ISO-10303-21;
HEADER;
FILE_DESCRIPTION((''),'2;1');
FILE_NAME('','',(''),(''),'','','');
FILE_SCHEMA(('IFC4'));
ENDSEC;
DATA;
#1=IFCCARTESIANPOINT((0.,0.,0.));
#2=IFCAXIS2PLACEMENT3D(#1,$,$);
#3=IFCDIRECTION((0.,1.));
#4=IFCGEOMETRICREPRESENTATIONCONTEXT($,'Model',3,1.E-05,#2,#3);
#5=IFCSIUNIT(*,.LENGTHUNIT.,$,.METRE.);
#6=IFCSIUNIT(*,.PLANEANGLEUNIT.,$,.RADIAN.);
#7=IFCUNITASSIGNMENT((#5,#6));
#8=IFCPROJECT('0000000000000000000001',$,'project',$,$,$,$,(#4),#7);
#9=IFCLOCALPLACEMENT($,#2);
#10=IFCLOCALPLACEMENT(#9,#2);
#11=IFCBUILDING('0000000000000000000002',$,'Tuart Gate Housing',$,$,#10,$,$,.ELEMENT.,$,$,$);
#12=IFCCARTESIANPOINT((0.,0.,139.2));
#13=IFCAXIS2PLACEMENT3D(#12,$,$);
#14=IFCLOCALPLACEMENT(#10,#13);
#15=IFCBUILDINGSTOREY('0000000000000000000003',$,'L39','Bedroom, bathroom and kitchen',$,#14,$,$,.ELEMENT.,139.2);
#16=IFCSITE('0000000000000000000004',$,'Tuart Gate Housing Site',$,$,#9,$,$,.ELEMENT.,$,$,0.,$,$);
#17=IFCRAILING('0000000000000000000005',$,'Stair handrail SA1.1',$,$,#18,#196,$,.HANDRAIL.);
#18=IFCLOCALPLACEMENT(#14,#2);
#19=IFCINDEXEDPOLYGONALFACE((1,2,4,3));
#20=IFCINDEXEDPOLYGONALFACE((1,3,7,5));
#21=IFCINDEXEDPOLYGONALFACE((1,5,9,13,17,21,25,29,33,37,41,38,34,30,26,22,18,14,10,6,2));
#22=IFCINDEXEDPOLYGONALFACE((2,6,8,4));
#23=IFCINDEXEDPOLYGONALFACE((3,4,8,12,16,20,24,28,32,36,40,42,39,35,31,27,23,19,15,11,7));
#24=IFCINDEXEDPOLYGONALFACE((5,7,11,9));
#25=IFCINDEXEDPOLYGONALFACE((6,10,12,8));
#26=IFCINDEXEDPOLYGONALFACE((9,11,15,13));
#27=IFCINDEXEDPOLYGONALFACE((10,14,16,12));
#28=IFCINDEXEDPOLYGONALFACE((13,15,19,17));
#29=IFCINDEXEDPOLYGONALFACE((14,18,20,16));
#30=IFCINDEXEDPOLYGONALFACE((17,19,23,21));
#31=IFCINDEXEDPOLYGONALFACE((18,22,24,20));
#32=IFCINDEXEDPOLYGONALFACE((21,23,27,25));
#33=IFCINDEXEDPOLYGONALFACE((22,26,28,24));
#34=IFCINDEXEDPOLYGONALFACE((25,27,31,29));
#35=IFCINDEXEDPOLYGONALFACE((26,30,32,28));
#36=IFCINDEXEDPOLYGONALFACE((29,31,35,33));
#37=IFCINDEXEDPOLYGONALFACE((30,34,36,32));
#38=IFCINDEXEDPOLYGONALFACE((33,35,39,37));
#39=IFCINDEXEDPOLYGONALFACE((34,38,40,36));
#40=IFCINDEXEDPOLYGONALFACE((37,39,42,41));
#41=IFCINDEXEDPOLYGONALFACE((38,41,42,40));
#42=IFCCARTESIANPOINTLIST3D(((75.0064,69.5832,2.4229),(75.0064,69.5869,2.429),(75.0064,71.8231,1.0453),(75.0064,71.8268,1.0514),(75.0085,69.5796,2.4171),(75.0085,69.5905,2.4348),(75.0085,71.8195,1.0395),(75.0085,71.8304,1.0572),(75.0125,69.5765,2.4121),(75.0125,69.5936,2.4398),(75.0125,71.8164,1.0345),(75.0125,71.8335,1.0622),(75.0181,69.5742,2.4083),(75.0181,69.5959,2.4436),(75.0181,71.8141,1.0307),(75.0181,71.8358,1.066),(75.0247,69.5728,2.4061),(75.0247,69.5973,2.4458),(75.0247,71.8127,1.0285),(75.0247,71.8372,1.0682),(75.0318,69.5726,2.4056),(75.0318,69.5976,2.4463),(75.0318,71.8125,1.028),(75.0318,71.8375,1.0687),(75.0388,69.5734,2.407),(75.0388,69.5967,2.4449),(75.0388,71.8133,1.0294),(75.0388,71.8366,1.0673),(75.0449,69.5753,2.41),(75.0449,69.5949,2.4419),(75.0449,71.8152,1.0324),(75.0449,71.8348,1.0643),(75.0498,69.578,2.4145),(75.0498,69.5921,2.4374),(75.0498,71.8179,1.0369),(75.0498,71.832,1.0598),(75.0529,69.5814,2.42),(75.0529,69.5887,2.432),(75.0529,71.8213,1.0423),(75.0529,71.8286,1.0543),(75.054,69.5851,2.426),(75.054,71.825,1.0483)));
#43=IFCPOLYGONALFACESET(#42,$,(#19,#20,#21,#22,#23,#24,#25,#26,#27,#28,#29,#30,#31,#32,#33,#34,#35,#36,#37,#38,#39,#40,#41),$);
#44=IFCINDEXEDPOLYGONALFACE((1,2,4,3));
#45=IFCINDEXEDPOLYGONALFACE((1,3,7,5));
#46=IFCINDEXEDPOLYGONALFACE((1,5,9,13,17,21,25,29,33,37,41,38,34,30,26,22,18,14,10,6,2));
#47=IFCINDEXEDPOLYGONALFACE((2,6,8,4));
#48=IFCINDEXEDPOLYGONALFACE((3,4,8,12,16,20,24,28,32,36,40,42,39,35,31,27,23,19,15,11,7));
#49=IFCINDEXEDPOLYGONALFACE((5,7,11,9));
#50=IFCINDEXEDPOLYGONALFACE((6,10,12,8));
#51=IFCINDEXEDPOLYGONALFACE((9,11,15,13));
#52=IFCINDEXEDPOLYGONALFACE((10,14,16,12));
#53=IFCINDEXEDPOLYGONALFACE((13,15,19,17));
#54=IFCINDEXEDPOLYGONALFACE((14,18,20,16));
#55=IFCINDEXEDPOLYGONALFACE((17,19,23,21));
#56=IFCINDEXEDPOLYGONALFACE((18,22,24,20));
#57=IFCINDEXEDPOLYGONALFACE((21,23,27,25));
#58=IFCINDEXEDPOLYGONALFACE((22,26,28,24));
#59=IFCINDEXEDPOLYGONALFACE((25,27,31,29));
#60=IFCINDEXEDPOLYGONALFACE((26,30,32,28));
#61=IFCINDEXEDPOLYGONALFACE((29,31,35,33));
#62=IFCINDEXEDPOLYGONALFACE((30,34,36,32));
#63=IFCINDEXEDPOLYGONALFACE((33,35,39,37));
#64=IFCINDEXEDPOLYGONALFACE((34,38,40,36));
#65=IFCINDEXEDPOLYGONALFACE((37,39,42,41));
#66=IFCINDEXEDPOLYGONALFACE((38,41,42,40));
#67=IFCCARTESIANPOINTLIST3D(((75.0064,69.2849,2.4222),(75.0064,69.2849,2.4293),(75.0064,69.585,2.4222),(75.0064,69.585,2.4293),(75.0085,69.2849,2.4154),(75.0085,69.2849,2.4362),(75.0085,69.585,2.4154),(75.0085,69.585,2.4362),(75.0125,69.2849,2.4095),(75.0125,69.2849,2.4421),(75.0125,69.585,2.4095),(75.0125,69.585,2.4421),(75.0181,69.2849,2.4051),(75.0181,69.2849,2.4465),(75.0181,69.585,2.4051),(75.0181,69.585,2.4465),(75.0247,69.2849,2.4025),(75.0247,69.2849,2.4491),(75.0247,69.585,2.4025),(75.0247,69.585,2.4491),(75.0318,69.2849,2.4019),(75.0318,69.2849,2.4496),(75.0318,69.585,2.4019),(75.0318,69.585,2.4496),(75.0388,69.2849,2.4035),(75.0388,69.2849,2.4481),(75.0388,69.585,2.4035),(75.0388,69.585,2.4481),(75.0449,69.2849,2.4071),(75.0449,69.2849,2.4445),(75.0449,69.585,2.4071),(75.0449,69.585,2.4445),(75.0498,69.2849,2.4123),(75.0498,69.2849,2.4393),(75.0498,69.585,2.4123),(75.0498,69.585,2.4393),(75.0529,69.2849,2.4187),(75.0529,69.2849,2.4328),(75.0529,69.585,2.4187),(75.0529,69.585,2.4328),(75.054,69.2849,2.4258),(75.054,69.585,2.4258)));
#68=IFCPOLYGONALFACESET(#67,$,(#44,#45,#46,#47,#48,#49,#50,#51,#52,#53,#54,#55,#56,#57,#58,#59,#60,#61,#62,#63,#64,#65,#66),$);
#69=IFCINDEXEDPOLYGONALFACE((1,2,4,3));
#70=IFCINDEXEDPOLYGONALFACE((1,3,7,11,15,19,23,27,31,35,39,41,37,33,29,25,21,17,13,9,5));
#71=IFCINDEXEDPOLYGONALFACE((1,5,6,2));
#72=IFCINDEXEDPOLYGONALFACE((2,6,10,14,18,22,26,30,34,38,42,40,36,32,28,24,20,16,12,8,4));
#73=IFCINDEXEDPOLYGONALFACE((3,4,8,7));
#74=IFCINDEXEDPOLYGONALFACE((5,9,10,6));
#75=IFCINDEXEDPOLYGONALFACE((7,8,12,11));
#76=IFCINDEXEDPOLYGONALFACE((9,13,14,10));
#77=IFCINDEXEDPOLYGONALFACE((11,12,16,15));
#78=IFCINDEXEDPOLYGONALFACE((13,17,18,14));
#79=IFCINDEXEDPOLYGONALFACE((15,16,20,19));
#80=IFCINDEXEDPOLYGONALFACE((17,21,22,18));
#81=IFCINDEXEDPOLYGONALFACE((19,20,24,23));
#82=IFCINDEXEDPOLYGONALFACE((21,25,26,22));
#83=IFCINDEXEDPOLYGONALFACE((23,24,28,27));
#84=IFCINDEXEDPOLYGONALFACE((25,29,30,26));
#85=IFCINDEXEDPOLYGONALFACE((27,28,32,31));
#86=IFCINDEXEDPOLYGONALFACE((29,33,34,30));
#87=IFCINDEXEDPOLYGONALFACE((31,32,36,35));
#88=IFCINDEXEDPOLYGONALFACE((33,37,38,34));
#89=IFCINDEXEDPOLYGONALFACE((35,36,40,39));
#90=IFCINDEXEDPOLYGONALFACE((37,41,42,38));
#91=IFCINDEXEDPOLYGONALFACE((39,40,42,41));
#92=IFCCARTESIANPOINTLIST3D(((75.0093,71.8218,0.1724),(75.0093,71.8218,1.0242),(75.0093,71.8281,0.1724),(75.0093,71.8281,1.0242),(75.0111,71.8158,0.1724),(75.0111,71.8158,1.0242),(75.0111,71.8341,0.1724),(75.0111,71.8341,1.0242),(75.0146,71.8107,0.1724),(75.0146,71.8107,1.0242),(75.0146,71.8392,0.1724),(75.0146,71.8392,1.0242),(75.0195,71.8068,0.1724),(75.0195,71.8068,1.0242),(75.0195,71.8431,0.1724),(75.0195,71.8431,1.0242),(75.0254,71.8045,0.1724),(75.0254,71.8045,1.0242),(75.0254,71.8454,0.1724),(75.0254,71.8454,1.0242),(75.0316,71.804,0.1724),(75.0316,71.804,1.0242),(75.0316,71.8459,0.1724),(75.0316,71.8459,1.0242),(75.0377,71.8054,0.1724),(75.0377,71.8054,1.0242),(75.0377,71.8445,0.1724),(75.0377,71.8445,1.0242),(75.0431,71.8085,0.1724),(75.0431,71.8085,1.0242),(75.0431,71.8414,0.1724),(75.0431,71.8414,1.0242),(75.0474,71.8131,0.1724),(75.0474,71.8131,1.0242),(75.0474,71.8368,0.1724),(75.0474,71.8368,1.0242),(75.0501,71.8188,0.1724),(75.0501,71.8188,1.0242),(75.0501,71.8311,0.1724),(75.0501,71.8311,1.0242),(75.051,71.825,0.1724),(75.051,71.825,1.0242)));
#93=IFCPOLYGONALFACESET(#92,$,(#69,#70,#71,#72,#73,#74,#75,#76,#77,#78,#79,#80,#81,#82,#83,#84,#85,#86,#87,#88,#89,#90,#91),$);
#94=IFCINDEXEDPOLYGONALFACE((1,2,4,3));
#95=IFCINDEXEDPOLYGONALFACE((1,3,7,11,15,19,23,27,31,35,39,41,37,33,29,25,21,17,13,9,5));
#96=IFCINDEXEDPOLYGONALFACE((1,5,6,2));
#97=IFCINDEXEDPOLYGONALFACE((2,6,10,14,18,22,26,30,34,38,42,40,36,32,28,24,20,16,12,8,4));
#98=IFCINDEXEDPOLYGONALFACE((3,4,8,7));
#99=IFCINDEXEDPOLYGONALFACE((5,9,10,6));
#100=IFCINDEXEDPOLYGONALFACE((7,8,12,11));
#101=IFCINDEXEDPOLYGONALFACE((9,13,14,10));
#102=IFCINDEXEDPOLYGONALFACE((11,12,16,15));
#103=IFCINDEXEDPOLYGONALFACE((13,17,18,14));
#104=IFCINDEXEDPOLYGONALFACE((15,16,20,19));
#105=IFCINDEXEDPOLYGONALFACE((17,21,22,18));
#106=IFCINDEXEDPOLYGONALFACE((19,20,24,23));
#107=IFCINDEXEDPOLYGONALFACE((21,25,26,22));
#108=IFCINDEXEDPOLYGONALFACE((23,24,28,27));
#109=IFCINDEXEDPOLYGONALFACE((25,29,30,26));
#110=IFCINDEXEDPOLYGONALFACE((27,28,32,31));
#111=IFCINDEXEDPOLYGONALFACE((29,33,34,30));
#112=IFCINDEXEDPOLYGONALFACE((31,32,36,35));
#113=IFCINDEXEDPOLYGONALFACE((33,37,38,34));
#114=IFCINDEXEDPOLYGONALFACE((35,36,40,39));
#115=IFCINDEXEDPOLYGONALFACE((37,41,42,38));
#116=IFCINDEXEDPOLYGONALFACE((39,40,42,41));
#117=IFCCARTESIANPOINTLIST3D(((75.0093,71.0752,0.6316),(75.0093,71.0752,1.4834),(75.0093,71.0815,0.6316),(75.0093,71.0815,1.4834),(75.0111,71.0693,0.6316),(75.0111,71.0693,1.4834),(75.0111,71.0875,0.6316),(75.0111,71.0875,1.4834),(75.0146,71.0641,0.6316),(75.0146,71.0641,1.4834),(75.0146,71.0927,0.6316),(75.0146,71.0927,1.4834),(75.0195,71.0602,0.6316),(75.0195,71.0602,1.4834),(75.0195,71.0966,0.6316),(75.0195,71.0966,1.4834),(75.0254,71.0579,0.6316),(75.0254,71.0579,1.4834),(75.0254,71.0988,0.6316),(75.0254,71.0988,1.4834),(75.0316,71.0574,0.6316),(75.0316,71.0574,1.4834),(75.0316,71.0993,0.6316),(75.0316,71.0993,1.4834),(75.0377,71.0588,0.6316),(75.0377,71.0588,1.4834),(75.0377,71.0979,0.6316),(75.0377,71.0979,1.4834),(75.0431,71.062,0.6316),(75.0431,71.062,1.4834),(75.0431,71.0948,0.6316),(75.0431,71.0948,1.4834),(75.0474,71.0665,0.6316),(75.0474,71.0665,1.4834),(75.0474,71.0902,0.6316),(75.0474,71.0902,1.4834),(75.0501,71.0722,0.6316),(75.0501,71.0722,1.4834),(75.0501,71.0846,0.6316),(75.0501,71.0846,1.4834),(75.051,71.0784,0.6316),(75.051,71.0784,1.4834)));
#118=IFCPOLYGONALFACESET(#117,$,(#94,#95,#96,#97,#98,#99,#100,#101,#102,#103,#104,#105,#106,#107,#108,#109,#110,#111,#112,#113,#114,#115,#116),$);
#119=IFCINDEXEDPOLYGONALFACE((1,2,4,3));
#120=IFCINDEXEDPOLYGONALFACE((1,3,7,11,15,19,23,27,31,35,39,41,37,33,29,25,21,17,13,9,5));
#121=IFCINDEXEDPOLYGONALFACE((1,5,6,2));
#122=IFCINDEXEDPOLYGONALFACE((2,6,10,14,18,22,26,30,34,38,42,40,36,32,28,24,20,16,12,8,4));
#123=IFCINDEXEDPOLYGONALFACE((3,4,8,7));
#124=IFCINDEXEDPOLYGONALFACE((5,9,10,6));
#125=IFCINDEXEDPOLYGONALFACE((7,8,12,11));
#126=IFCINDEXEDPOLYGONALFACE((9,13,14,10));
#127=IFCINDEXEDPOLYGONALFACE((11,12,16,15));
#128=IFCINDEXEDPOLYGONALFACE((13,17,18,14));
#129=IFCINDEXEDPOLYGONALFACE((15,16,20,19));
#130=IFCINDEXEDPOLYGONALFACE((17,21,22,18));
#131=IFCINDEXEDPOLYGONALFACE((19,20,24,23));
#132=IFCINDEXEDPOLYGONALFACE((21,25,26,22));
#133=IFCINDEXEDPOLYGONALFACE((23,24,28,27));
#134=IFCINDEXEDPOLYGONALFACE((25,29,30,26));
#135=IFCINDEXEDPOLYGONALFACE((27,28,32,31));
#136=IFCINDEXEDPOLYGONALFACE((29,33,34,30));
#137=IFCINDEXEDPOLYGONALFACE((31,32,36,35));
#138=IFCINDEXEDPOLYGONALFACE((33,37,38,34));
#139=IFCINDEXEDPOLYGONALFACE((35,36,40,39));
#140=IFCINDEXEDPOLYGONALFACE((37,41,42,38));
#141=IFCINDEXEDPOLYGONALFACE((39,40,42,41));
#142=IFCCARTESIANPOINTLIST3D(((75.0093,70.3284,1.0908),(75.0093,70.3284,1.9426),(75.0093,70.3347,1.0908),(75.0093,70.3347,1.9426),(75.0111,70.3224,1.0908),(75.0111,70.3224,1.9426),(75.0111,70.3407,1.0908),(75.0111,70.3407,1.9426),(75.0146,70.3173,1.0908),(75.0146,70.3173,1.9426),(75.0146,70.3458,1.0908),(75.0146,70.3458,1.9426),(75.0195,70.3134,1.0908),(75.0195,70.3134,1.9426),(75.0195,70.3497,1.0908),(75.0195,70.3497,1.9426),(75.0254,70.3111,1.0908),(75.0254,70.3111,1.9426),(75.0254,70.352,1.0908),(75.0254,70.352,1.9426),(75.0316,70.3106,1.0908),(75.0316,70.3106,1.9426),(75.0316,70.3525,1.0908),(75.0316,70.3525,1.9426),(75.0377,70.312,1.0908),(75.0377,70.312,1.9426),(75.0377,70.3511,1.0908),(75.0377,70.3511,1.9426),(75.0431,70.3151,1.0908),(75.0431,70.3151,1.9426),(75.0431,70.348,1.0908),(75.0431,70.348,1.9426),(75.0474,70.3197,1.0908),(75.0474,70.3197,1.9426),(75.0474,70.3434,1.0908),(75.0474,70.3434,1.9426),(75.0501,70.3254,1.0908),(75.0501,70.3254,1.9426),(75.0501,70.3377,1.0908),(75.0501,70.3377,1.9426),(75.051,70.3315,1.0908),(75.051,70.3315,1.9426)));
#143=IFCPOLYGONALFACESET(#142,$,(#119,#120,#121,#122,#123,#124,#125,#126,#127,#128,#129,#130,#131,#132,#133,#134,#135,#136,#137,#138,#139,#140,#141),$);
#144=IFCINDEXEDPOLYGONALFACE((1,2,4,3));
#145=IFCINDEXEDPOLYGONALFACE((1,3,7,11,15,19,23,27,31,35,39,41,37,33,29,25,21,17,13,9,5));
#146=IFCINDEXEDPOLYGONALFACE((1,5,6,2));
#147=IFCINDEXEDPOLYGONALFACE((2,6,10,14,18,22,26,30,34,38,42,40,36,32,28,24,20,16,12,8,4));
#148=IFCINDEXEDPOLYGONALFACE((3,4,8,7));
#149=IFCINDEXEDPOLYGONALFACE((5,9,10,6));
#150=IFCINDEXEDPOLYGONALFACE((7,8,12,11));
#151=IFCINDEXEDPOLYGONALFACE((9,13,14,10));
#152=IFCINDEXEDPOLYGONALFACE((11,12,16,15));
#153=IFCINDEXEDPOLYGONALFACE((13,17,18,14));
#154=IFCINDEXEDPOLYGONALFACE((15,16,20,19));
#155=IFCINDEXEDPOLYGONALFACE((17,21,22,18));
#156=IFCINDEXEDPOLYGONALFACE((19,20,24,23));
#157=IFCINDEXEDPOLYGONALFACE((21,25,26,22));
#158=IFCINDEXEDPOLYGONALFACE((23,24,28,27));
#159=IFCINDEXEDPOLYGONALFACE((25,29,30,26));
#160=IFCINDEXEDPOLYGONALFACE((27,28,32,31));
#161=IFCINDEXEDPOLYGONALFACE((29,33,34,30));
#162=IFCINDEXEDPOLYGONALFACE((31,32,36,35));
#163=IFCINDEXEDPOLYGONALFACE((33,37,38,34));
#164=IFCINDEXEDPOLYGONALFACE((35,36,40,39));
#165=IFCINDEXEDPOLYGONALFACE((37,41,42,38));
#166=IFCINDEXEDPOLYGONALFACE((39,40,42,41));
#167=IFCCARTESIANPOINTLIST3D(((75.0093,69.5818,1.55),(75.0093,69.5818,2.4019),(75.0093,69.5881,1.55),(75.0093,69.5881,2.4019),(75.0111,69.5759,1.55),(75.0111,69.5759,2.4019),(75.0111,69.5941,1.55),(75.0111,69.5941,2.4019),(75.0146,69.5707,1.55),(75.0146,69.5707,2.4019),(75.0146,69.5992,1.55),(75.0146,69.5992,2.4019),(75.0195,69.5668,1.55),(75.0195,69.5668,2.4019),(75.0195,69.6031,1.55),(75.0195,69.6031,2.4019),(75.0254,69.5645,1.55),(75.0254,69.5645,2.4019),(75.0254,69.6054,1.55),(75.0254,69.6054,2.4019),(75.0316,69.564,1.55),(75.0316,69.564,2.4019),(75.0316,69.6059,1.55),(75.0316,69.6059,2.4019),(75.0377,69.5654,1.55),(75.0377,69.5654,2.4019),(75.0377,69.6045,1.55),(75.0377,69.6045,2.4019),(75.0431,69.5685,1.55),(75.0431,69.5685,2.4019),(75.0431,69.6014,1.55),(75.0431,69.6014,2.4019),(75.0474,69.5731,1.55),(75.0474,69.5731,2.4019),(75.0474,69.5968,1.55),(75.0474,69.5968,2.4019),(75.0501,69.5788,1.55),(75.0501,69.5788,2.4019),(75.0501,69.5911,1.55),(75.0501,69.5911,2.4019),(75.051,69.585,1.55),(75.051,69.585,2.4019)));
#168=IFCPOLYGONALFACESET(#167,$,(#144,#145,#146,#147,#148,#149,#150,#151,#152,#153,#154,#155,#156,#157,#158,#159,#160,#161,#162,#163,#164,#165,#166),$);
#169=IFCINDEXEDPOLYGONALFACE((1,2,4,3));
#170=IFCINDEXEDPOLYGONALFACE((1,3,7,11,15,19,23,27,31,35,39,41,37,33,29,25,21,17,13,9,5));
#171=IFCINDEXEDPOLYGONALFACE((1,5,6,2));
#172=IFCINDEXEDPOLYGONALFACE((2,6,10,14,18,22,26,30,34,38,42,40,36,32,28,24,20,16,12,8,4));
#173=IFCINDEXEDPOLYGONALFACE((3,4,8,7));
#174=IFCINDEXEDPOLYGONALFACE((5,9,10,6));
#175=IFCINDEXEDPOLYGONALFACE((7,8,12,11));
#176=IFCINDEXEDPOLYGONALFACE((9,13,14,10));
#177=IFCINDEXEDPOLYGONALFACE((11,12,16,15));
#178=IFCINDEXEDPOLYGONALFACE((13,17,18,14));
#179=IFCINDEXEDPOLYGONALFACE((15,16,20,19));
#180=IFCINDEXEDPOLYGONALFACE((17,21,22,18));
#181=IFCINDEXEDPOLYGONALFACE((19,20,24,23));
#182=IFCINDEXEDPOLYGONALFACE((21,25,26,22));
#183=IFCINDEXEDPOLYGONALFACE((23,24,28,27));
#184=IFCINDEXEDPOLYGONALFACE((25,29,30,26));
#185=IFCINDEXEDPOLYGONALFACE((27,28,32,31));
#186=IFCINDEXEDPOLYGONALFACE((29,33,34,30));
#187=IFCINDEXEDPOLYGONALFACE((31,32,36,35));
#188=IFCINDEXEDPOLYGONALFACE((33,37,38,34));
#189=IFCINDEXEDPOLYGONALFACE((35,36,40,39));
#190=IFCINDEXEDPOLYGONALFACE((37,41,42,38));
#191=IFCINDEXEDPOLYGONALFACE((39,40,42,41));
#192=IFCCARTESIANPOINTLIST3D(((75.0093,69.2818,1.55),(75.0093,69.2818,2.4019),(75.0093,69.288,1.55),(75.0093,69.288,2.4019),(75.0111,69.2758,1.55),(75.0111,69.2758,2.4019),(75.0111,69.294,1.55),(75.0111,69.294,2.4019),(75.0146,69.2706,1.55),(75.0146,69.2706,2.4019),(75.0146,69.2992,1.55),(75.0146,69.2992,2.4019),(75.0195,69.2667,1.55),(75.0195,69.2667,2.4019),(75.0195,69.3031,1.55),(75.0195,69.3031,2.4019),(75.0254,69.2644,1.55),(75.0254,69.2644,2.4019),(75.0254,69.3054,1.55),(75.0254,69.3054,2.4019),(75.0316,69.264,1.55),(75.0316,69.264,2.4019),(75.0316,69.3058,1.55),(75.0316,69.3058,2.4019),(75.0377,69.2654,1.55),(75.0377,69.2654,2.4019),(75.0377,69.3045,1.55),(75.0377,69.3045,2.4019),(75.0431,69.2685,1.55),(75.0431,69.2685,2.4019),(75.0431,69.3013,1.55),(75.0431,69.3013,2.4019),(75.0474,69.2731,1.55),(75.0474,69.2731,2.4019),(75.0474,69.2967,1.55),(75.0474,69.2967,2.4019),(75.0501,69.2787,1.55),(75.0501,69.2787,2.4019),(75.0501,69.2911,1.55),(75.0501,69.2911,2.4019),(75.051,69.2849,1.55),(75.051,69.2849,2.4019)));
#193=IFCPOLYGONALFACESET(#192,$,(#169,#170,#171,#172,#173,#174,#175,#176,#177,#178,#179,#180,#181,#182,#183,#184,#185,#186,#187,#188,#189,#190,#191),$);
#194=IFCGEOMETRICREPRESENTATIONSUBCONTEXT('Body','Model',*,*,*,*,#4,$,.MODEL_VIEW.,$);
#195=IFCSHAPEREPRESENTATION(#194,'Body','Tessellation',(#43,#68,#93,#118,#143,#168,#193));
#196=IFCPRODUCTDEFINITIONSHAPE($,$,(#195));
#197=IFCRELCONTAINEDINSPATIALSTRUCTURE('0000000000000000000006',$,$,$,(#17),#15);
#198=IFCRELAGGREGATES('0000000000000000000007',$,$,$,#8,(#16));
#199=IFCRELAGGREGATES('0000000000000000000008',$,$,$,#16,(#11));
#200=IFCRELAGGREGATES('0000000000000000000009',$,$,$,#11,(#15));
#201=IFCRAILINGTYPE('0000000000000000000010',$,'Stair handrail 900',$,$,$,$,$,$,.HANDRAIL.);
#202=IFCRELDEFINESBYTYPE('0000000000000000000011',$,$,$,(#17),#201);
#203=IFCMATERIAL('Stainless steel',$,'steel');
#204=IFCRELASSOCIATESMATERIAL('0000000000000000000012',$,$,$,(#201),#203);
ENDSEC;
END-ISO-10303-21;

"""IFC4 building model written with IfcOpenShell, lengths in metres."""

from ifc_helpers import new_model, si_unit, direction, frame, origin, origin_2d, place, context, subcontext, project, spatial, circle, extrude, material, type_object, element, save


model = new_model("IFC4")

# Units and contexts
model_context = context("Model", 3, precision=1e-05, world=origin(), true_north=direction((0.0, 1.0)))
body_context = subcontext(model_context, "Body", "Model", "MODEL_VIEW")
ifc_project = project(units=[si_unit("LENGTHUNIT", "METRE"), si_unit("PLANEANGLEUNIT", "RADIAN")], contexts=[model_context])

# Site, building, storey
site_placement = place(None, origin())
site = spatial("IfcSite", under=ifc_project, at=site_placement, Name="Tuart Gate Housing Site", CompositionType="ELEMENT", RefElevation=0.0)
building_placement = place(site_placement, origin())
building = spatial("IfcBuilding", under=site, at=building_placement, Name="Tuart Gate Housing", CompositionType="ELEMENT")
storey_placement = place(building_placement, frame((0.0, 0.0, 139.2)))
storey = spatial("IfcBuildingStorey", under=building, at=storey_placement, Name="L39", Description="Bedroom, bathroom and kitchen", CompositionType="ELEMENT", Elevation=139.2)

# Railing
ifc_material_1 = material(Name="Stainless steel", Category="steel")
railing_type = type_object("IfcRailingType", Name="Stair handrail 900", PredefinedType="HANDRAIL", material=ifc_material_1)
railing_placement = place(storey_placement, frame((75.03, 71.825, 0.1724)))
element("IfcRailing", 1, at=railing_placement, inside=storey, type_object=railing_type, Name="Stair handrail SA1.1", PredefinedType="HANDRAIL", context=body_context, shape_type="SweptSolid", body=[
    extrude(circle(Radius=0.0239, at=origin_2d()), frame((0.0, 0.0, 0.876), z_axis=(0.0, -0.851789, 0.523885), x_axis=(1.0, 0.0, 0.0)), (0.0, 0.0, 1.0), 2.6296),
    extrude(circle(Radius=0.0239, at=origin_2d()), frame((0.0, -2.24, 2.2534), z_axis=(0.0, -1.0, 0.0), x_axis=(1.0, 0.0, 0.0)), (0.0, 0.0, 1.0), 0.3),
    extrude(circle(Radius=0.021, at=origin_2d()), origin(), (0.0, 0.0, 1.0), 0.8518),
    extrude(circle(Radius=0.021, at=origin_2d()), frame((0.0, -0.7466, 0.4592)), (0.0, 0.0, 1.0), 0.8518),
    extrude(circle(Radius=0.021, at=origin_2d()), frame((0.0, -1.4934, 0.9185)), (0.0, 0.0, 1.0), 0.8518),
    extrude(circle(Radius=0.021, at=origin_2d()), frame((0.0, -2.24, 1.3777)), (0.0, 0.0, 1.0), 0.8518),
    extrude(circle(Radius=0.021, at=origin_2d()), frame((0.0, -2.54, 1.3777)), (0.0, 0.0, 1.0), 0.8518),
])

save(model, "model.ifc")
